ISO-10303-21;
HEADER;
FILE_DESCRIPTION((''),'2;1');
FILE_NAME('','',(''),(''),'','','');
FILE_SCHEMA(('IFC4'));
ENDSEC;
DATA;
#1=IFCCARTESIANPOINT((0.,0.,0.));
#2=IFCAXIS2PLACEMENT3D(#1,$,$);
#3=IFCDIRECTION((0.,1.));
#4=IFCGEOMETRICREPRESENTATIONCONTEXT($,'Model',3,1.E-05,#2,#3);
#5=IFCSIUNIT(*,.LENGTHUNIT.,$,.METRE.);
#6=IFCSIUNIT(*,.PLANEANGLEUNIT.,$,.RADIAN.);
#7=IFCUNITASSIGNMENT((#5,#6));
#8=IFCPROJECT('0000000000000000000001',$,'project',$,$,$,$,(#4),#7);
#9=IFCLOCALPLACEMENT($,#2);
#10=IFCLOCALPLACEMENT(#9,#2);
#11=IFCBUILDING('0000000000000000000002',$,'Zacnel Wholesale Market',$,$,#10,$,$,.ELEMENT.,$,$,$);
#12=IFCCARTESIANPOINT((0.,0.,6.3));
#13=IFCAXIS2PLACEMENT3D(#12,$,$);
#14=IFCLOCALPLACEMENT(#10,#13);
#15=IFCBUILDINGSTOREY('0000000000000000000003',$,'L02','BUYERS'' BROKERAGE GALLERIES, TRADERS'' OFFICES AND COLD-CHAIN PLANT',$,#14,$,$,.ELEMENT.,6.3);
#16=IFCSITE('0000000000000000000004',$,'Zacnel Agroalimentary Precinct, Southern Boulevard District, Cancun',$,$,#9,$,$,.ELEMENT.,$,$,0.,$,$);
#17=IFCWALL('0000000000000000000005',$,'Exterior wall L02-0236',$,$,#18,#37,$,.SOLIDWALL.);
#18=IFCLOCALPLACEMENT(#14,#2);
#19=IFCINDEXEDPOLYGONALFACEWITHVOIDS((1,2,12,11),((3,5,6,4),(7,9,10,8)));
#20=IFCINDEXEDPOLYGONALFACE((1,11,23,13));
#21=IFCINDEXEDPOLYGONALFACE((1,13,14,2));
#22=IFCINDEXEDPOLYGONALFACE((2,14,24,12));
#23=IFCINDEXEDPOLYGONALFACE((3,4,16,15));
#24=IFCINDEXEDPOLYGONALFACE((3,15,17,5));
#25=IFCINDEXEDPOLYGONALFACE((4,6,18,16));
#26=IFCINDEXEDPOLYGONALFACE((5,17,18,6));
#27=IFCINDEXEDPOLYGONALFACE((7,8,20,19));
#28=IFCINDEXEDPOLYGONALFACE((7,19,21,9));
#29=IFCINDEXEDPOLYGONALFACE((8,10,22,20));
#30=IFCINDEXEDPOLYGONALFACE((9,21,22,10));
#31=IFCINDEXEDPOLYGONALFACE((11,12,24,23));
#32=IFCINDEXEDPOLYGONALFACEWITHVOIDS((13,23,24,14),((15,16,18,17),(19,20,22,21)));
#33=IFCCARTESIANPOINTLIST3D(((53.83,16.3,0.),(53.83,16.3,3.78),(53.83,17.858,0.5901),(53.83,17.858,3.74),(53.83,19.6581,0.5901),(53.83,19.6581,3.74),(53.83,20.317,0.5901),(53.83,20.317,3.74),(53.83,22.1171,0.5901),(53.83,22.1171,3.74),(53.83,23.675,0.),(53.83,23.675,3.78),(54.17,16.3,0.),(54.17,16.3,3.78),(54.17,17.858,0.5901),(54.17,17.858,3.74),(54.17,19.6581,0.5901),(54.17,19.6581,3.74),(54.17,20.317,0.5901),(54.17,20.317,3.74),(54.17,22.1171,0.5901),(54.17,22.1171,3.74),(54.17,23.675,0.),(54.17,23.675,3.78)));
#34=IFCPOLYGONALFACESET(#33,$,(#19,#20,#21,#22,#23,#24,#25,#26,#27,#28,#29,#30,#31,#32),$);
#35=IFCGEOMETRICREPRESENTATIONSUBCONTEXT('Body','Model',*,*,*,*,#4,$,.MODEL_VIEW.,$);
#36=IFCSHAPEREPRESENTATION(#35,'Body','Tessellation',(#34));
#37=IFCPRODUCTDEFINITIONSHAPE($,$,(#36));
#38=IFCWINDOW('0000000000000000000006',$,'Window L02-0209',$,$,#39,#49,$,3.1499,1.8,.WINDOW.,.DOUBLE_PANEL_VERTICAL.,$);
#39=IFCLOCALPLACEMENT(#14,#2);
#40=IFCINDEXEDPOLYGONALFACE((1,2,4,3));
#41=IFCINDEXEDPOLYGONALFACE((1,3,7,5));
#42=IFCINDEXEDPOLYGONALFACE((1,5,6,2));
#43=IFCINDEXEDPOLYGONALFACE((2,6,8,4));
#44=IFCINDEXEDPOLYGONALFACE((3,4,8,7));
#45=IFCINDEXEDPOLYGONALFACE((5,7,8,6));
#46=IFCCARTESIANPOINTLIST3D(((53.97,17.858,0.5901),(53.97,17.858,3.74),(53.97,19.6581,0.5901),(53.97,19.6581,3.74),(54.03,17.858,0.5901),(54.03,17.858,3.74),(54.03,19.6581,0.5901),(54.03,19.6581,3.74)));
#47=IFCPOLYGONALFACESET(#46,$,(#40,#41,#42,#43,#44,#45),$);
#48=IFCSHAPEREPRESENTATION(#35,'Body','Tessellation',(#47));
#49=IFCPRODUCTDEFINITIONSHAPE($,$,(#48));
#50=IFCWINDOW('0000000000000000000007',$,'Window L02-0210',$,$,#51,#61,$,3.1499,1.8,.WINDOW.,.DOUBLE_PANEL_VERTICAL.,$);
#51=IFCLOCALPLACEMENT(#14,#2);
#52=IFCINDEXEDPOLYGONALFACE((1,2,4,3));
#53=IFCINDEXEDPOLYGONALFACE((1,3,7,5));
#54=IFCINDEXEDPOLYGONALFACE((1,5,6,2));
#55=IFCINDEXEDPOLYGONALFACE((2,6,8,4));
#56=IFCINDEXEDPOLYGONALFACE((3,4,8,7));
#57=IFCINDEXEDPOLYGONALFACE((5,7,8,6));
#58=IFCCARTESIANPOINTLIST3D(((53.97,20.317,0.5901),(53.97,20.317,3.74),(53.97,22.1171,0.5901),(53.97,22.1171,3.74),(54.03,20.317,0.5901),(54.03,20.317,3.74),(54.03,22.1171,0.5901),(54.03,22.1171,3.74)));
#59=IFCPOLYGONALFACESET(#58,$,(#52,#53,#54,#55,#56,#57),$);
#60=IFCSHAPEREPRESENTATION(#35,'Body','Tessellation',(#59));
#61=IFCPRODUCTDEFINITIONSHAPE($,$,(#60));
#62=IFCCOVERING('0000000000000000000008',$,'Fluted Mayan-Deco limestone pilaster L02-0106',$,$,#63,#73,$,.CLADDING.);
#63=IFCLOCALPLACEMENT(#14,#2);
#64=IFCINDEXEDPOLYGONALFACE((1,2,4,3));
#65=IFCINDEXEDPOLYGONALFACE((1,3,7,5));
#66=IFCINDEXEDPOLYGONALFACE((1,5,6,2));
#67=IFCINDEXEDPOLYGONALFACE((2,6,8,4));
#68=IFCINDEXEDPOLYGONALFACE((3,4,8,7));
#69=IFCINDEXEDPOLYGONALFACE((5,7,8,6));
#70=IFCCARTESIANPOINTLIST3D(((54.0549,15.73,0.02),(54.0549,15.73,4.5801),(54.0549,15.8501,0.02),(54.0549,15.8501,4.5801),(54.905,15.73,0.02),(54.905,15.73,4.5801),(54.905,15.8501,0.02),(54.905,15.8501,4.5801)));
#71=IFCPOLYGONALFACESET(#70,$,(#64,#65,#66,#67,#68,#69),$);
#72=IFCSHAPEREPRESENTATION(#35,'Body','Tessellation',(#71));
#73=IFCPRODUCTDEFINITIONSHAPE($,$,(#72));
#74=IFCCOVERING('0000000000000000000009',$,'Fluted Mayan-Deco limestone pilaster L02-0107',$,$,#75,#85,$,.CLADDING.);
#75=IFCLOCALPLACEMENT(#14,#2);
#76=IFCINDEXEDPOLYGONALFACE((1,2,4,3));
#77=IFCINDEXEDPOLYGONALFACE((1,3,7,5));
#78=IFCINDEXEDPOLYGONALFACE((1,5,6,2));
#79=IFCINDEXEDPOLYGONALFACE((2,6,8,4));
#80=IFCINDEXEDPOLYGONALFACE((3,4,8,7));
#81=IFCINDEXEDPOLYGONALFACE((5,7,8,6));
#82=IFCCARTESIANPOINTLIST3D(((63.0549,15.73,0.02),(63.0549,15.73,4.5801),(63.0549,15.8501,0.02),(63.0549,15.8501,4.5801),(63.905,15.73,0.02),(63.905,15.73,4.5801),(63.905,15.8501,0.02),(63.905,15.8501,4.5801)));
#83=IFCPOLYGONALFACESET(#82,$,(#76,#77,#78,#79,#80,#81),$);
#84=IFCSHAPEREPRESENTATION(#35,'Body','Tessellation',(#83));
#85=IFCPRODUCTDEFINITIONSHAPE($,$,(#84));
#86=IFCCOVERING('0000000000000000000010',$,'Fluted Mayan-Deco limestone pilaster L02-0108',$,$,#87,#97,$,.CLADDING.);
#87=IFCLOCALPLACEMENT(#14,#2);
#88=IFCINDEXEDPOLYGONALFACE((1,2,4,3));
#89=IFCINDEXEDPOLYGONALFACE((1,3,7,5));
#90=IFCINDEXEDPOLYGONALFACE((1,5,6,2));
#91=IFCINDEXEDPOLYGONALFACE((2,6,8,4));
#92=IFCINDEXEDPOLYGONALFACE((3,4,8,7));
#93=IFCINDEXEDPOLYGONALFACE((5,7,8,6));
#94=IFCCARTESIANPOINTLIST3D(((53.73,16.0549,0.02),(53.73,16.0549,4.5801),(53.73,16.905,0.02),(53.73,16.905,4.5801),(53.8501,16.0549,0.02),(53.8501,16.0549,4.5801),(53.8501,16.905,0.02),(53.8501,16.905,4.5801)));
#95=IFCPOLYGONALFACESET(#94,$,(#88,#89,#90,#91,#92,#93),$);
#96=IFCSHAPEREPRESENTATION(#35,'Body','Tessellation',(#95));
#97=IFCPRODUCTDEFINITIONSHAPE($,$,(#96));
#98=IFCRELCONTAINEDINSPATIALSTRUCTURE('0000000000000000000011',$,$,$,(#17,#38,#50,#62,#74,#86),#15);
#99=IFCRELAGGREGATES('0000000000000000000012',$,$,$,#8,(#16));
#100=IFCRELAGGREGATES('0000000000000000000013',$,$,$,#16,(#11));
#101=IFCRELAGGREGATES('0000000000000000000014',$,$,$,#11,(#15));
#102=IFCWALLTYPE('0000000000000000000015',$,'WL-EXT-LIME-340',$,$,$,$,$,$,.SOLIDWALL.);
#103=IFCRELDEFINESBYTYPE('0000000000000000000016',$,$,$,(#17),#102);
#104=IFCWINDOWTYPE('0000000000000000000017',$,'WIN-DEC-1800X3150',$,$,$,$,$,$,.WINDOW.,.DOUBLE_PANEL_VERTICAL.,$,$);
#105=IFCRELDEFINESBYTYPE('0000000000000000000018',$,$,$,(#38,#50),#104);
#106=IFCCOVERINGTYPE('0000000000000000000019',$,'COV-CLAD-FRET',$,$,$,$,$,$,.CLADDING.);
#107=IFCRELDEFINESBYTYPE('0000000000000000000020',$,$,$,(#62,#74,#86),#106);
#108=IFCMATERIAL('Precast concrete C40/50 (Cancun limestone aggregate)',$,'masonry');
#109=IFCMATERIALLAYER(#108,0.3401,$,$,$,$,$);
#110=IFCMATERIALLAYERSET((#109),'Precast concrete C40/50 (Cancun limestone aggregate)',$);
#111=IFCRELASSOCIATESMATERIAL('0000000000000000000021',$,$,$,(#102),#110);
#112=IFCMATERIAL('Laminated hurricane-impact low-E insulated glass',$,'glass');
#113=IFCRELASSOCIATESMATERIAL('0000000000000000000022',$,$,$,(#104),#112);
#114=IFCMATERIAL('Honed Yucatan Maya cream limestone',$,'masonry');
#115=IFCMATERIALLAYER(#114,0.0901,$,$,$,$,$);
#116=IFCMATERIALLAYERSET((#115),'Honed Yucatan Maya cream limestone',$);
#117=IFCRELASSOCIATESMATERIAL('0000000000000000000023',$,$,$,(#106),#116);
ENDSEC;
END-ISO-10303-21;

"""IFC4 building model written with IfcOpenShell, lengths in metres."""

from ifc_helpers import new_model, si_unit, direction, frame, frame_2d, origin, origin_2d, place, context, subcontext, project, spatial, rectangle, extrude, material, layer, layer_set, type_object, element, fill, save


model = new_model("IFC4")

# Units and contexts
model_context = context("Model", 3, precision=1e-05, world=origin(), true_north=direction((0.0, 1.0)))
body_context = subcontext(model_context, "Body", "Model", "MODEL_VIEW")
ifc_project = project(units=[si_unit("LENGTHUNIT", "METRE"), si_unit("PLANEANGLEUNIT", "RADIAN")], contexts=[model_context])

# Site, building, storey
site_placement = place(None, origin())
site = spatial("IfcSite", under=ifc_project, at=site_placement, Name="Zacnel Agroalimentary Precinct, Southern Boulevard District, Cancun", CompositionType="ELEMENT", RefElevation=0.0)
building_placement = place(site_placement, origin())
building = spatial("IfcBuilding", under=site, at=building_placement, Name="Zacnel Wholesale Market", CompositionType="ELEMENT")
storey_placement = place(building_placement, frame((0.0, 0.0, 6.3)))
storey = spatial("IfcBuildingStorey", under=building, at=storey_placement, Name="L02", Description="BUYERS' BROKERAGE GALLERIES, TRADERS' OFFICES AND COLD-CHAIN PLANT", CompositionType="ELEMENT", Elevation=6.3)

# Shared definitions
ifc_material_1 = material(Name="Precast concrete C40/50 (Cancun limestone aggregate)", Category="masonry")
ifc_layer_1 = layer(ifc_material_1, 0.3401)
ifc_layer_set_1 = layer_set([ifc_layer_1], Name="Precast concrete C40/50 (Cancun limestone aggregate)")
wall_type = type_object("IfcWallType", Name="WL-EXT-LIME-340", PredefinedType="SOLIDWALL", material=ifc_layer_set_1)

# Wall, openings, windows
ifc_material_2 = material(Name="Laminated hurricane-impact low-E insulated glass", Category="glass")
window_type = type_object("IfcWindowType", Name="WIN-DEC-1800X3150", PartitioningType="DOUBLE_PANEL_VERTICAL", PredefinedType="WINDOW", material=ifc_material_2)
wall_1_placement = place(storey_placement, frame((54.0, 16.3, 0.0), z_axis=(0.0, 0.0, 1.0), x_axis=(0.0, 1.0, 0.0)))
wall_1 = element("IfcWall", 1, at=wall_1_placement, inside=storey, type_object=wall_type, Name="Exterior wall L02-0236", PredefinedType="SOLIDWALL", context=body_context, shape_type="SweptSolid", body=[
    extrude(rectangle(XDim=7.375, YDim=0.3401, at=frame_2d((3.6875, 0.0))), origin(), (0.0, 0.0, 1.0), 3.78),
])
opening_1_placement = place(wall_1_placement, frame((1.5581, 0.0, 0.5901)))
opening_1 = element("IfcOpeningElement", 2, at=opening_1_placement, cuts=wall_1, PredefinedType="OPENING", context=body_context, shape_type="SweptSolid", body=[
    extrude(rectangle(XDim=1.8, YDim=3.1499, at=frame_2d((0.8999, 1.575))), frame((0.0, 0.1799, 0.0), z_axis=(0.0, -1.0, 0.0), x_axis=(1.0, 0.0, 0.0)), (0.0, 0.0, 1.0), 0.3601),
])
opening_2_placement = place(wall_1_placement, frame((4.0171, 0.0, 0.5901)))
opening_2 = element("IfcOpeningElement", 3, at=opening_2_placement, cuts=wall_1, PredefinedType="OPENING", context=body_context, shape_type="SweptSolid", body=[
    extrude(rectangle(XDim=1.8, YDim=3.1499, at=frame_2d((0.8999, 1.575))), frame((0.0, 0.1799, 0.0), z_axis=(0.0, -1.0, 0.0), x_axis=(1.0, 0.0, 0.0)), (0.0, 0.0, 1.0), 0.3601),
])
window_1_placement = place(opening_1_placement, origin())
window_1 = element("IfcWindow", 4, at=window_1_placement, inside=storey, type_object=window_type, Name="Window L02-0209", OverallHeight=3.1499, OverallWidth=1.8, PartitioningType="DOUBLE_PANEL_VERTICAL", PredefinedType="WINDOW", context=body_context, shape_type="SweptSolid", body=[
    extrude(rectangle(XDim=1.8, YDim=3.1499, at=frame_2d((0.8999, 1.575))), frame((0.0, 0.03, 0.0), z_axis=(0.0, -1.0, 0.0), x_axis=(1.0, 0.0, 0.0)), (0.0, 0.0, 1.0), 0.0601),
])
fill(opening_1, window_1)
window_2_placement = place(opening_2_placement, origin())
window_2 = element("IfcWindow", 5, at=window_2_placement, inside=storey, type_object=window_type, Name="Window L02-0210", OverallHeight=3.1499, OverallWidth=1.8, PartitioningType="DOUBLE_PANEL_VERTICAL", PredefinedType="WINDOW", context=body_context, shape_type="SweptSolid", body=[
    extrude(rectangle(XDim=1.8, YDim=3.1499, at=frame_2d((0.8999, 1.575))), frame((0.0, 0.03, 0.0), z_axis=(0.0, -1.0, 0.0), x_axis=(1.0, 0.0, 0.0)), (0.0, 0.0, 1.0), 0.0601),
])
fill(opening_2, window_2)

# Coverings
ifc_material_3 = material(Name="Honed Yucatan Maya cream limestone", Category="masonry")
ifc_layer_2 = layer(ifc_material_3, 0.0901)
ifc_layer_set_2 = layer_set([ifc_layer_2], Name="Honed Yucatan Maya cream limestone")
covering_type = type_object("IfcCoveringType", Name="COV-CLAD-FRET", PredefinedType="CLADDING", material=ifc_layer_set_2)
for number, where, z_axis, x_axis, name in (
    (6, (54.48, 15.79, 0.02), (0.0, 0.0, 1.0), (1.0, 0.0, 0.0), "Fluted Mayan-Deco limestone pilaster L02-0106"),
    (7, (63.48, 15.79, 0.02), (0.0, 0.0, 1.0), (1.0, 0.0, 0.0), "Fluted Mayan-Deco limestone pilaster L02-0107"),
    (8, (53.79, 16.48, 0.02), (0.0, 0.0, 1.0), (0.0, 1.0, 0.0), "Fluted Mayan-Deco limestone pilaster L02-0108"),
):
    element("IfcCovering", number, at=place(storey_placement, frame(where, z_axis=z_axis, x_axis=x_axis)), inside=storey, type_object=covering_type, Name=name, PredefinedType="CLADDING", context=body_context, shape_type="SweptSolid", body=[
        extrude(rectangle(XDim=0.8501, YDim=0.1201, at=origin_2d()), origin(), (0.0, 0.0, 1.0), 4.5601),
    ])

save(model, "model.ifc")
